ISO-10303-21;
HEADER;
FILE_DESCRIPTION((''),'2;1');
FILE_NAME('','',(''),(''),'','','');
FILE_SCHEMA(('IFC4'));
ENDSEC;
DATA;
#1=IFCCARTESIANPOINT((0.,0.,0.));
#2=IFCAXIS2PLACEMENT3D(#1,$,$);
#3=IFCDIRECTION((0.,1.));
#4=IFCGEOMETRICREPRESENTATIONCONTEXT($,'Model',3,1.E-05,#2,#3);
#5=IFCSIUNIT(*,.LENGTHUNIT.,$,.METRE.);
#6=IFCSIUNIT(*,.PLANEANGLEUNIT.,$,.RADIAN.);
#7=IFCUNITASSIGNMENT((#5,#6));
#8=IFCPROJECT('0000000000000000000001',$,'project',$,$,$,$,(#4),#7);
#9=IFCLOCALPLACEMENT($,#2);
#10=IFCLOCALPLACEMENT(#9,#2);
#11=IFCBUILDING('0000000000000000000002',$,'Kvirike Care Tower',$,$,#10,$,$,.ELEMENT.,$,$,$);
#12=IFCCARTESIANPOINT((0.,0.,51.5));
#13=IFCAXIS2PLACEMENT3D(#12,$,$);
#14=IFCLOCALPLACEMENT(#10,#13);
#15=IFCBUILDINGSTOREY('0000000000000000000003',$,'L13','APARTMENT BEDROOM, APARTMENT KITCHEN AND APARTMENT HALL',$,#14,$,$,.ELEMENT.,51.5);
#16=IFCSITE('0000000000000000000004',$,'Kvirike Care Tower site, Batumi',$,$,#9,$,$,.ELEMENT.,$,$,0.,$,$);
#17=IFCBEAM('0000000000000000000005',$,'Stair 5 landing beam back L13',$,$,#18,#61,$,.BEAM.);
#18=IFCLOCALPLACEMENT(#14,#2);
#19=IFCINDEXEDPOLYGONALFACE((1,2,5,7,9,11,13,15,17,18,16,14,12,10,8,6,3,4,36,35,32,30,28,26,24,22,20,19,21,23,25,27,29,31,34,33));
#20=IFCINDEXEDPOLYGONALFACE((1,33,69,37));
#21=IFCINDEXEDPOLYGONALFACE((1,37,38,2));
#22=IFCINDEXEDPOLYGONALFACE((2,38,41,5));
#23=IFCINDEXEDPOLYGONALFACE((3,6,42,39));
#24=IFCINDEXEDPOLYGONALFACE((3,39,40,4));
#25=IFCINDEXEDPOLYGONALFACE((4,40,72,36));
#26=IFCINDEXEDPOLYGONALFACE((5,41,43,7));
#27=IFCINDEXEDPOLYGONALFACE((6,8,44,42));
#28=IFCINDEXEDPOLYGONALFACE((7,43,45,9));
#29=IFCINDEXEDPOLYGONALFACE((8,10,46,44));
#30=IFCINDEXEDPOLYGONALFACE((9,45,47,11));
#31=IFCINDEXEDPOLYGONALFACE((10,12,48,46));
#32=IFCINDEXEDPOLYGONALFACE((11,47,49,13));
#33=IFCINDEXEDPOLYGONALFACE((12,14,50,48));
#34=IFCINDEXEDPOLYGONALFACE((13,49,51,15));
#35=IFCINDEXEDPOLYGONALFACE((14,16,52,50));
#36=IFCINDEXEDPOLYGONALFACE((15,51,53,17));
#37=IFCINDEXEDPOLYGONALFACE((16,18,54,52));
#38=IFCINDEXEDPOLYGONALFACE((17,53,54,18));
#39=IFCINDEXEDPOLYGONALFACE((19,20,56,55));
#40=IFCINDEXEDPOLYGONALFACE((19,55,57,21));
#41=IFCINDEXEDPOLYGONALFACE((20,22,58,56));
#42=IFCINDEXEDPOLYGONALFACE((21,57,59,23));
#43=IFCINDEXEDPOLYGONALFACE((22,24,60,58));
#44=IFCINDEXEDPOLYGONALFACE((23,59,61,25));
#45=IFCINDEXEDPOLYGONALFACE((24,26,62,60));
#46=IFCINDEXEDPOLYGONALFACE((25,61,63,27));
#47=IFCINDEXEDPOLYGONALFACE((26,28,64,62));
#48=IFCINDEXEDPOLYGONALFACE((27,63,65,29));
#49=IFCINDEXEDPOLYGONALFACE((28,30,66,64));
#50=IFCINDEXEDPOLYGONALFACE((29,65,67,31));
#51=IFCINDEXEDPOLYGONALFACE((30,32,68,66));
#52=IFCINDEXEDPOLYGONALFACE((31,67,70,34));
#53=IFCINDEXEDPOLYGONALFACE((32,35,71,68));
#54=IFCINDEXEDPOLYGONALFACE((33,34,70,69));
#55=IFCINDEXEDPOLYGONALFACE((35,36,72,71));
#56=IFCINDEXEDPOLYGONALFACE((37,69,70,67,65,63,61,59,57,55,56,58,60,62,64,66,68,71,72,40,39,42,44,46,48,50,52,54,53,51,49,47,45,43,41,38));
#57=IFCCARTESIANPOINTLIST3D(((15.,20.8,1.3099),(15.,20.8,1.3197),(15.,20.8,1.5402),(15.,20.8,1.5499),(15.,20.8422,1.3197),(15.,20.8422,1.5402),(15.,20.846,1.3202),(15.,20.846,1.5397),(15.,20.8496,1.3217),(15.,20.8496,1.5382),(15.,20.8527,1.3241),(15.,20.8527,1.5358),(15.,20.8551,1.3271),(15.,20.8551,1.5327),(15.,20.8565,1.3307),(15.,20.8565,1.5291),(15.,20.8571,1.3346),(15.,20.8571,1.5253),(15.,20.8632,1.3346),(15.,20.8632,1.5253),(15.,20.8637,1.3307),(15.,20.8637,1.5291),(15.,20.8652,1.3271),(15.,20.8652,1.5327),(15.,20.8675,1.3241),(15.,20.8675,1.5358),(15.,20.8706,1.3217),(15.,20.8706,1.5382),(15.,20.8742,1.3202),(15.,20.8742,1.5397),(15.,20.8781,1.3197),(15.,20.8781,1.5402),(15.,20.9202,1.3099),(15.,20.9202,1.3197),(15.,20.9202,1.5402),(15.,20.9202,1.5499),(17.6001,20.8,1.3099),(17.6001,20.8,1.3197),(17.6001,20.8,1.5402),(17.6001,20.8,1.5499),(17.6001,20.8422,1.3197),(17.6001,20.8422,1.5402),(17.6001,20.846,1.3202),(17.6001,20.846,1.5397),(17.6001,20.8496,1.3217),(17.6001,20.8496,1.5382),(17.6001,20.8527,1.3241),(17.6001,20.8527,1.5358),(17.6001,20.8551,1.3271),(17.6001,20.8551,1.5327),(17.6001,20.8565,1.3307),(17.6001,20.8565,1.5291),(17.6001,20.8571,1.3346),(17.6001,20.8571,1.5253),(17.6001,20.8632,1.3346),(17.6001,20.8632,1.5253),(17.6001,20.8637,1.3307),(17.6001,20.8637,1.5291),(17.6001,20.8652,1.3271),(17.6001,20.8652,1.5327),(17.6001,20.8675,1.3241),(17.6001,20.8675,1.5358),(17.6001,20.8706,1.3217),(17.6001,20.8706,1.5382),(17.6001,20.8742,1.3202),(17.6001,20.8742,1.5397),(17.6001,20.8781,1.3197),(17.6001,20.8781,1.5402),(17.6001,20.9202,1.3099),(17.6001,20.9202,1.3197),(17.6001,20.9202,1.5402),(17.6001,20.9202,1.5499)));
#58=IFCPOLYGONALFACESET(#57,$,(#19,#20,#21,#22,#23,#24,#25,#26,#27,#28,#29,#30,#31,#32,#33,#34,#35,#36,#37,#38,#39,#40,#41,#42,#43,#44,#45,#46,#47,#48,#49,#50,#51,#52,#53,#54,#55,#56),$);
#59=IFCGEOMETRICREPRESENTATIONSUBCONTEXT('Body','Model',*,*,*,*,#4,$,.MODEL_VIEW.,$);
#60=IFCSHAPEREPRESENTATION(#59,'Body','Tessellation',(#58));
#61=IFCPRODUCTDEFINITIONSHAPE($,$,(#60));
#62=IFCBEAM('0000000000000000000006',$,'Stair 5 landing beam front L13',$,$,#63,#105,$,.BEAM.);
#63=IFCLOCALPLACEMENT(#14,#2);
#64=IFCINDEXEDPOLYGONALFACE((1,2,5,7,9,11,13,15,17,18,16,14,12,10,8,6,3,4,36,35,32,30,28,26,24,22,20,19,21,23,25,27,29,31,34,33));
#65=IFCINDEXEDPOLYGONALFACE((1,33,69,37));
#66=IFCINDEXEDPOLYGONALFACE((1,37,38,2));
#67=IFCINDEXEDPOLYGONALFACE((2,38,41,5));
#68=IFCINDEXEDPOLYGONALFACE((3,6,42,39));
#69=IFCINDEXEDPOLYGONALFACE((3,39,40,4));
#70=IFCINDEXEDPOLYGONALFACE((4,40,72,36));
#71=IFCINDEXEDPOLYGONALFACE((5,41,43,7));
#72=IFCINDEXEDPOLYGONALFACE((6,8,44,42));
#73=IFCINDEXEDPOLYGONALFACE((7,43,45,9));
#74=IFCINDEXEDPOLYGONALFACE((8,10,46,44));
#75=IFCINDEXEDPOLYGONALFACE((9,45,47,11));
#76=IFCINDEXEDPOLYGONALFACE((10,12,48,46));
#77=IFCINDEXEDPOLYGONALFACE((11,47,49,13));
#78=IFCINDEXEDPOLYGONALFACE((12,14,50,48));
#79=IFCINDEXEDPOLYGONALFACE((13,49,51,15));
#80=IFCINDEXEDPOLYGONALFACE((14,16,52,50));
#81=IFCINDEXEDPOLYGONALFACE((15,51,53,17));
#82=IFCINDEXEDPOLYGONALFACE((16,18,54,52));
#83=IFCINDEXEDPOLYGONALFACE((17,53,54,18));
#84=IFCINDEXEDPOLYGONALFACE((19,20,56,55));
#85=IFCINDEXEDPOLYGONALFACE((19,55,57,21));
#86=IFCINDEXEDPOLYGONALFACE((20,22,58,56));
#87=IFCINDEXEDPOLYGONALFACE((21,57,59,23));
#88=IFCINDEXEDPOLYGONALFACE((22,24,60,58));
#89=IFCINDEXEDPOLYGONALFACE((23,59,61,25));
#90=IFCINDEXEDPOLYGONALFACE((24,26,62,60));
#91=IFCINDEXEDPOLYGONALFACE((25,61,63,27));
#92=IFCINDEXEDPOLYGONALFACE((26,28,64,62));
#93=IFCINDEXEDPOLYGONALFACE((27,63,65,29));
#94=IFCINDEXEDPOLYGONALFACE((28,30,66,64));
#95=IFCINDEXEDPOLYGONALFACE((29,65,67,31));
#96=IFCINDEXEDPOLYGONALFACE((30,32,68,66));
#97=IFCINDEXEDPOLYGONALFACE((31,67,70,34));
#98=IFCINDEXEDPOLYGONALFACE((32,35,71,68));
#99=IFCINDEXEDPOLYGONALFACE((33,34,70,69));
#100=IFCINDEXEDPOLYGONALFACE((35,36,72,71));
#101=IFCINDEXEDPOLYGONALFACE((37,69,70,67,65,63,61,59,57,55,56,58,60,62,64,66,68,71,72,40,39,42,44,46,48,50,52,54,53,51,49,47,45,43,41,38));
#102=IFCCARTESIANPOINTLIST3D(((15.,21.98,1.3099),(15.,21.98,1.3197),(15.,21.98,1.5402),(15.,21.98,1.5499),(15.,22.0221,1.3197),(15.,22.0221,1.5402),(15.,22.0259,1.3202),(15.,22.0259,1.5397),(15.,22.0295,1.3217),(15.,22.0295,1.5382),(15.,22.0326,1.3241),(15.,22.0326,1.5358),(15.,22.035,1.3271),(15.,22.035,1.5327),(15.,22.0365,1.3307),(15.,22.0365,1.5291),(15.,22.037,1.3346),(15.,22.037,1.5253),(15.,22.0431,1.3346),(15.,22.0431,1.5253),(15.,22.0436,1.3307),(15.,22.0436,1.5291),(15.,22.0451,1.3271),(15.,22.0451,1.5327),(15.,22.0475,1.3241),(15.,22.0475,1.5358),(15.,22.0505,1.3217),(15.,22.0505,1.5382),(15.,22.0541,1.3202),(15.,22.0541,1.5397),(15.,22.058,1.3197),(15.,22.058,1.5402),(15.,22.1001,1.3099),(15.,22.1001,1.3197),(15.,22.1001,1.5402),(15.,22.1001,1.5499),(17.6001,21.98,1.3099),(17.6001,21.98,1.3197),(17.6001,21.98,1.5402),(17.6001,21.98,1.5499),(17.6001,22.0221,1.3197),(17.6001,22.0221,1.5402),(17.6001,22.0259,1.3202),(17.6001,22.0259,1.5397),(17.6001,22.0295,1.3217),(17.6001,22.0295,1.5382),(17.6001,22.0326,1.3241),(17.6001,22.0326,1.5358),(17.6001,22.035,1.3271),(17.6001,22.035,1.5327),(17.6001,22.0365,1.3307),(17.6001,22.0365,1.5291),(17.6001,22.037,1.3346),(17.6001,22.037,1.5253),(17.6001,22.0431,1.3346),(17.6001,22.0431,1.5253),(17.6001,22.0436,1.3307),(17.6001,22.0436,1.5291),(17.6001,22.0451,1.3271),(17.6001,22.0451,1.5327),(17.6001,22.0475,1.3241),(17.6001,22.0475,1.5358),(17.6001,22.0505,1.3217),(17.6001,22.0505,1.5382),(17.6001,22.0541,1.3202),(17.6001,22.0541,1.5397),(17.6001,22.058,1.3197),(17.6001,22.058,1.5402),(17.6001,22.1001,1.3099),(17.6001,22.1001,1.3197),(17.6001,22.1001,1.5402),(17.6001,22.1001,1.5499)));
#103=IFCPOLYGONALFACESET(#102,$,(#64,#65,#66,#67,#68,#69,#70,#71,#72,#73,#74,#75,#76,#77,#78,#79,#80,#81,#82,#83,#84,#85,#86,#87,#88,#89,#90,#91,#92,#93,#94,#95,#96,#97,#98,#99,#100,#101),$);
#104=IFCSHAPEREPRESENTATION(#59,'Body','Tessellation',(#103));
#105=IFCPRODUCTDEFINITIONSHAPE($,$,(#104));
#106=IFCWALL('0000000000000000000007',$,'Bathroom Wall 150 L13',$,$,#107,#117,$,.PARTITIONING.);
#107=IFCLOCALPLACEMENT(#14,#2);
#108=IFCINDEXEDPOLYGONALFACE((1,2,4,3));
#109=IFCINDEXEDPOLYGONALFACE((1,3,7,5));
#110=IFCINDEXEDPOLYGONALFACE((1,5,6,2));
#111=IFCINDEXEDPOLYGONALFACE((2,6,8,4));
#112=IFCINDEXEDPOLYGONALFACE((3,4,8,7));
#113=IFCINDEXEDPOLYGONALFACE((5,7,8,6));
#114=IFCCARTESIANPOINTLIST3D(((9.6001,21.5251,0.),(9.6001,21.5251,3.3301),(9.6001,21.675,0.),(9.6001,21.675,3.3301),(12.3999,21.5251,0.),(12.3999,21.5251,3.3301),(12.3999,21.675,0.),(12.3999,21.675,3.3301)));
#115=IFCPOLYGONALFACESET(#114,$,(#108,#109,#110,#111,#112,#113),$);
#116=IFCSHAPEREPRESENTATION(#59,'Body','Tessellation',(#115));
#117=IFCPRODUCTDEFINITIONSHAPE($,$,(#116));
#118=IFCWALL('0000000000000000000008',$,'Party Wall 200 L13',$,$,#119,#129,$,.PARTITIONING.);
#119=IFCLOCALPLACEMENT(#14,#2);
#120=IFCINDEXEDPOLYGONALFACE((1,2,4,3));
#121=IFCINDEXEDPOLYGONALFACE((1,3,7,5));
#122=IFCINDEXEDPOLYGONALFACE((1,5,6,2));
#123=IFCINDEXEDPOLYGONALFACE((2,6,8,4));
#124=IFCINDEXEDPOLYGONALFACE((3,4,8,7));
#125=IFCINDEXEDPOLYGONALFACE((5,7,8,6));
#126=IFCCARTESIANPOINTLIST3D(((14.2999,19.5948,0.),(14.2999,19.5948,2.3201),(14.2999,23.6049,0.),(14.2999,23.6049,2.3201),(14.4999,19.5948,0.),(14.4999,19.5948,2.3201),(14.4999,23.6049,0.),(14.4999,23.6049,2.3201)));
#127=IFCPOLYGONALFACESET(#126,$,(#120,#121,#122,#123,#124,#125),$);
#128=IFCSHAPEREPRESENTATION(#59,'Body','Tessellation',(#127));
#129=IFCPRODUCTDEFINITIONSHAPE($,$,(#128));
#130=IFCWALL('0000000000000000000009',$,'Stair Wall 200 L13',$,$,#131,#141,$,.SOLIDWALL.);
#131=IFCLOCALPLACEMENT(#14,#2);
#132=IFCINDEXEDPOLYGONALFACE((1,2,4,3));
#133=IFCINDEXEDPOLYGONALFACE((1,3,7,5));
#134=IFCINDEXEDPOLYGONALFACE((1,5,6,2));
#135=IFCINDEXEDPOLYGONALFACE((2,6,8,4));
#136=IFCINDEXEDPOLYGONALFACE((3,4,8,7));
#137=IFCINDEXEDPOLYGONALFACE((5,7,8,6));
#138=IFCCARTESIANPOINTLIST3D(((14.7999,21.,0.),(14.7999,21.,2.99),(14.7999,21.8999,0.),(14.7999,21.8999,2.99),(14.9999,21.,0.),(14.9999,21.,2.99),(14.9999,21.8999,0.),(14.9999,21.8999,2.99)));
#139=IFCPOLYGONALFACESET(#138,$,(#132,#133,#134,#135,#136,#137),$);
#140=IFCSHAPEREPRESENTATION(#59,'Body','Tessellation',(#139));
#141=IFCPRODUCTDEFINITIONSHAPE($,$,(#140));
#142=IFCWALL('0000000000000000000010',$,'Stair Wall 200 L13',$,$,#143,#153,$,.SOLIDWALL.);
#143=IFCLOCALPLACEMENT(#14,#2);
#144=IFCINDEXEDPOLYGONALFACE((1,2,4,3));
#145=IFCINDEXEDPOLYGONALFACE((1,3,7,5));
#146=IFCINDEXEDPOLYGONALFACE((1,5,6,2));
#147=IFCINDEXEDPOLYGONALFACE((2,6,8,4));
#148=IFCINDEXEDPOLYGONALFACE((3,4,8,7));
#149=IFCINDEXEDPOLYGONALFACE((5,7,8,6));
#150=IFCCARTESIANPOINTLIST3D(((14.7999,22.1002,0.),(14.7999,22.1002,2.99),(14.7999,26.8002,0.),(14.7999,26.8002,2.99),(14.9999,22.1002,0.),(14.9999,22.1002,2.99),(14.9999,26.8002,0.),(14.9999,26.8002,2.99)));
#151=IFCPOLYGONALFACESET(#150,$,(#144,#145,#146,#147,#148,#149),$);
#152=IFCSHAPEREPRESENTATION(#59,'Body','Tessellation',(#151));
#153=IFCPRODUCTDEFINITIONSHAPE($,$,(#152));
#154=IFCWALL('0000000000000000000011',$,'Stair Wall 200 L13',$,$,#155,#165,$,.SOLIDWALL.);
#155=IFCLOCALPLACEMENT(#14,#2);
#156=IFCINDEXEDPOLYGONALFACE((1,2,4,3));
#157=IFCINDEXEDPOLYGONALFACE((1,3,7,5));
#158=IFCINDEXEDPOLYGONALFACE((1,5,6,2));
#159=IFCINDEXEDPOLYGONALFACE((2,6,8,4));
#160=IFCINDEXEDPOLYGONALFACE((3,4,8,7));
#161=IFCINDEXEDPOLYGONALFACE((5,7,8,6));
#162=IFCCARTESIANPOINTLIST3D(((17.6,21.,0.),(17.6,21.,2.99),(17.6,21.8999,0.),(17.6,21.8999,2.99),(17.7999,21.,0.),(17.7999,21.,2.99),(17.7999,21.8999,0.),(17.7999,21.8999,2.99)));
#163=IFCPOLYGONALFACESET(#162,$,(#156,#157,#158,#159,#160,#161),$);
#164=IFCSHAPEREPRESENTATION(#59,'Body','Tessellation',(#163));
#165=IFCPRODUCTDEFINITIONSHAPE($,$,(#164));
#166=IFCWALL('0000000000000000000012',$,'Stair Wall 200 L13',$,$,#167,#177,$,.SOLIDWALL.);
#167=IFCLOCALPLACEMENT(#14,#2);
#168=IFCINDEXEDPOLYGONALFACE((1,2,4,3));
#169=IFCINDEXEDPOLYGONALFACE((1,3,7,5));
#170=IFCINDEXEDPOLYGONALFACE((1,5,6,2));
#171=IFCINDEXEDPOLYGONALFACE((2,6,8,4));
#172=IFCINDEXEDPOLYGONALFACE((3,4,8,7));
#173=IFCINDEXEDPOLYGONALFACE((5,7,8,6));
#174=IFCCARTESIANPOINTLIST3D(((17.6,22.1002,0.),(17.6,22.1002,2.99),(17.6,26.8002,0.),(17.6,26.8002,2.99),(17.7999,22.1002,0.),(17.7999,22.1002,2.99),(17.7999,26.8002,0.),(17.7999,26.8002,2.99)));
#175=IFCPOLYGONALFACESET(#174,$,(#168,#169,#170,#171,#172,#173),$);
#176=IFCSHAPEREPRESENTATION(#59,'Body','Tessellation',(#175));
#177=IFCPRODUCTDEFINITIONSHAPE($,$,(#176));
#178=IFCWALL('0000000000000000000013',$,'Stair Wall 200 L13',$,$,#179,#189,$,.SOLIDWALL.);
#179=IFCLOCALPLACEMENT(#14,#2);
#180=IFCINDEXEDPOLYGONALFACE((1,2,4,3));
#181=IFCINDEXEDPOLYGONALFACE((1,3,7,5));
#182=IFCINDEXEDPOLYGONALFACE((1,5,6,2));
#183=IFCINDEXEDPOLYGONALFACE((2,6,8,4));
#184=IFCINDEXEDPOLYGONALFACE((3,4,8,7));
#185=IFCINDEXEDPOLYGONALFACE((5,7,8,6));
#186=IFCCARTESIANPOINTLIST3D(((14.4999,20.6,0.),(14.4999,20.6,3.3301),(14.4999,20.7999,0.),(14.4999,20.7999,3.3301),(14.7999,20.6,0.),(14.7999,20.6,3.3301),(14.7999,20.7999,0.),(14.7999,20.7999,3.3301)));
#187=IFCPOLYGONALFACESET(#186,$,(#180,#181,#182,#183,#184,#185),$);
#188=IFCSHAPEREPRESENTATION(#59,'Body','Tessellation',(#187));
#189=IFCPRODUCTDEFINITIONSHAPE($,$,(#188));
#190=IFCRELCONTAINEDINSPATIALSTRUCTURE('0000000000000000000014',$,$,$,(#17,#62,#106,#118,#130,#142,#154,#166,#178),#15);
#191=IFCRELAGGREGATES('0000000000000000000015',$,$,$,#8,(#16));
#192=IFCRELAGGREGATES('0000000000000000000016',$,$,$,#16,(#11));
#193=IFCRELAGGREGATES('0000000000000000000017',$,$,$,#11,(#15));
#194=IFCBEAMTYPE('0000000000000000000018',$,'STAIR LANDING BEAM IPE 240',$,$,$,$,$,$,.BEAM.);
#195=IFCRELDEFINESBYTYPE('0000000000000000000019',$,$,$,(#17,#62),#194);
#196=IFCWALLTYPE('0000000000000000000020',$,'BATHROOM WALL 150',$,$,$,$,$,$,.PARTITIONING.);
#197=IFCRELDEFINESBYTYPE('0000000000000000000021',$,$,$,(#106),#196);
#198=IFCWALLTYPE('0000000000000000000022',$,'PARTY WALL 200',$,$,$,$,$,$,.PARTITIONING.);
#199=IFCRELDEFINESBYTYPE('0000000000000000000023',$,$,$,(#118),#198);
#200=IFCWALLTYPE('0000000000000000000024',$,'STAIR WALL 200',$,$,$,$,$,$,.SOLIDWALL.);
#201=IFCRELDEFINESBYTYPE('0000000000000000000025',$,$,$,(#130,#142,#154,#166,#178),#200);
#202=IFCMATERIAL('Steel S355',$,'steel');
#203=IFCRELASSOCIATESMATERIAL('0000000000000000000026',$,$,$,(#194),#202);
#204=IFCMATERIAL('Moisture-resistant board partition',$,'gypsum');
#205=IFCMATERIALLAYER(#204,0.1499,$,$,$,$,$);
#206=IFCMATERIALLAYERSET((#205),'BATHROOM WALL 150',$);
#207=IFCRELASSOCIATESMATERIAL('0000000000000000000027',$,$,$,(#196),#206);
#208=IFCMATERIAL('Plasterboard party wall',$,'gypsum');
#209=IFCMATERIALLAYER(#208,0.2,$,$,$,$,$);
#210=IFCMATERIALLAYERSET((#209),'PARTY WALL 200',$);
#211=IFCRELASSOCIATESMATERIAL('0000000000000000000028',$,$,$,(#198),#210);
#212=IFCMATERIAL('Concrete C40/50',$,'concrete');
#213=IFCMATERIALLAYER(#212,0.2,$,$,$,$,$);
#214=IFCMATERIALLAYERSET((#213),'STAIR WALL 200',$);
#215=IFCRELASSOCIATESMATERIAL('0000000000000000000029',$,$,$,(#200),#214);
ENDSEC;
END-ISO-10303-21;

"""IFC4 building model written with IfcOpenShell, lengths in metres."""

from ifc_helpers import new_model, si_unit, direction, frame, frame_2d, origin, origin_2d, place, context, subcontext, project, spatial, rectangle, i_section, extrude, material, layer, layer_set, material_profile, profile_set, type_object, element, save


model = new_model("IFC4")

# Units and contexts
model_context = context("Model", 3, precision=1e-05, world=origin(), true_north=direction((0.0, 1.0)))
body_context = subcontext(model_context, "Body", "Model", "MODEL_VIEW")
ifc_project = project(units=[si_unit("LENGTHUNIT", "METRE"), si_unit("PLANEANGLEUNIT", "RADIAN")], contexts=[model_context])

# Site, building, storey
site_placement = place(None, origin())
site = spatial("IfcSite", under=ifc_project, at=site_placement, Name="Kvirike Care Tower site, Batumi", CompositionType="ELEMENT", RefElevation=0.0)
building_placement = place(site_placement, origin())
building = spatial("IfcBuilding", under=site, at=building_placement, Name="Kvirike Care Tower", CompositionType="ELEMENT")
storey_placement = place(building_placement, frame((0.0, 0.0, 51.5)))
storey = spatial("IfcBuildingStorey", under=building, at=storey_placement, Name="L13", Description="APARTMENT BEDROOM, APARTMENT KITCHEN AND APARTMENT HALL", CompositionType="ELEMENT", Elevation=51.5)

# Beams
ifc_material_1 = material(Name="Steel S355", Category="steel")
ifc_material_profile_1 = material_profile(ifc_material_1, i_section(OverallWidth=0.1201, OverallDepth=0.24, WebThickness=0.0061, FlangeThickness=0.0098, FilletRadius=0.0149, at=origin_2d()), Name="IPE 240")
ifc_profile_set_1 = profile_set([ifc_material_profile_1], Name="Steel S355")
beam_type_1 = type_object("IfcBeamType", Name="STAIR LANDING BEAM IPE 240", PredefinedType="BEAM", material=ifc_profile_set_1)
for number, where, z_axis, x_axis, name in (
    (1, (15.0, 20.8601, 1.4299), (1.0, 0.0, 0.0), (0.0, 1.0, 0.0), "Stair 5 landing beam back L13"),
    (2, (15.0, 22.04, 1.4299), (1.0, 0.0, 0.0), (0.0, 1.0, 0.0), "Stair 5 landing beam front L13"),
):
    element("IfcBeam", number, at=place(storey_placement, frame(where, z_axis=z_axis, x_axis=x_axis)), inside=storey, type_object=beam_type_1, Name=name, PredefinedType="BEAM", context=body_context, shape_type="SweptSolid", body=[
        extrude(i_section(OverallWidth=0.1201, OverallDepth=0.24, WebThickness=0.0061, FlangeThickness=0.0098, FilletRadius=0.0149, at=origin_2d()), origin(), (0.0, 0.0, 1.0), 2.6001),
    ])

# Walls
ifc_material_2 = material(Name="Moisture-resistant board partition", Category="gypsum")
ifc_layer_1 = layer(ifc_material_2, 0.1499)
ifc_layer_set_1 = layer_set([ifc_layer_1], Name="BATHROOM WALL 150")
wall_type_1 = type_object("IfcWallType", Name="BATHROOM WALL 150", PredefinedType="PARTITIONING", material=ifc_layer_set_1)
wall_1_placement = place(storey_placement, frame((9.6001, 21.6001, 0.0), z_axis=(0.0, 0.0, 1.0), x_axis=(1.0, 0.0, 0.0)))
element("IfcWall", 3, at=wall_1_placement, inside=storey, type_object=wall_type_1, Name="Bathroom Wall 150 L13", PredefinedType="PARTITIONING", context=body_context, shape_type="SweptSolid", body=[
    extrude(rectangle(XDim=2.7998, YDim=0.1499, at=frame_2d((1.3999, 0.0))), origin(), (0.0, 0.0, 1.0), 3.3301),
])
ifc_material_3 = material(Name="Plasterboard party wall", Category="gypsum")
ifc_layer_2 = layer(ifc_material_3, 0.2)
ifc_layer_set_2 = layer_set([ifc_layer_2], Name="PARTY WALL 200")
wall_type_2 = type_object("IfcWallType", Name="PARTY WALL 200", PredefinedType="PARTITIONING", material=ifc_layer_set_2)
wall_2_placement = place(storey_placement, frame((14.3999, 19.595, 0.0), z_axis=(0.0, 0.0, 1.0), x_axis=(0.0, 1.0, 0.0)))
element("IfcWall", 4, at=wall_2_placement, inside=storey, type_object=wall_type_2, Name="Party Wall 200 L13", PredefinedType="PARTITIONING", context=body_context, shape_type="SweptSolid", body=[
    extrude(rectangle(XDim=4.01, YDim=0.2, at=frame_2d((2.0049, 0.0))), origin(), (0.0, 0.0, 1.0), 2.3201),
])
ifc_material_4 = material(Name="Concrete C40/50", Category="concrete")
ifc_layer_3 = layer(ifc_material_4, 0.2)
ifc_layer_set_3 = layer_set([ifc_layer_3], Name="STAIR WALL 200")
wall_type_3 = type_object("IfcWallType", Name="STAIR WALL 200", PredefinedType="SOLIDWALL", material=ifc_layer_set_3)
wall_3_placement = place(storey_placement, frame((14.8999, 21.0, 0.0), z_axis=(0.0, 0.0, 1.0), x_axis=(0.0, 1.0, 0.0)))
element("IfcWall", 5, at=wall_3_placement, inside=storey, type_object=wall_type_3, Name="Stair Wall 200 L13", PredefinedType="SOLIDWALL", context=body_context, shape_type="SweptSolid", body=[
    extrude(rectangle(XDim=0.8999, YDim=0.2, at=frame_2d((0.45, 0.0))), origin(), (0.0, 0.0, 1.0), 2.99),
])
wall_4_placement = place(storey_placement, frame((14.8999, 22.1001, 0.0), z_axis=(0.0, 0.0, 1.0), x_axis=(0.0, 1.0, 0.0)))
element("IfcWall", 6, at=wall_4_placement, inside=storey, type_object=wall_type_3, Name="Stair Wall 200 L13", PredefinedType="SOLIDWALL", context=body_context, shape_type="SweptSolid", body=[
    extrude(rectangle(XDim=4.7, YDim=0.2, at=frame_2d((2.3501, 0.0))), origin(), (0.0, 0.0, 1.0), 2.99),
])
wall_5_placement = place(storey_placement, frame((17.7, 21.0, 0.0), z_axis=(0.0, 0.0, 1.0), x_axis=(0.0, 1.0, 0.0)))
element("IfcWall", 7, at=wall_5_placement, inside=storey, type_object=wall_type_3, Name="Stair Wall 200 L13", PredefinedType="SOLIDWALL", context=body_context, shape_type="SweptSolid", body=[
    extrude(rectangle(XDim=0.8999, YDim=0.2, at=frame_2d((0.45, 0.0))), origin(), (0.0, 0.0, 1.0), 2.99),
])
wall_6_placement = place(storey_placement, frame((17.7, 22.1001, 0.0), z_axis=(0.0, 0.0, 1.0), x_axis=(0.0, 1.0, 0.0)))
element("IfcWall", 8, at=wall_6_placement, inside=storey, type_object=wall_type_3, Name="Stair Wall 200 L13", PredefinedType="SOLIDWALL", context=body_context, shape_type="SweptSolid", body=[
    extrude(rectangle(XDim=4.7, YDim=0.2, at=frame_2d((2.3501, 0.0))), origin(), (0.0, 0.0, 1.0), 2.99),
])
wall_7_placement = place(storey_placement, frame((14.5, 20.7, 0.0), z_axis=(0.0, 0.0, 1.0), x_axis=(1.0, 0.0, 0.0)))
element("IfcWall", 9, at=wall_7_placement, inside=storey, type_object=wall_type_3, Name="Stair Wall 200 L13", PredefinedType="SOLIDWALL", context=body_context, shape_type="SweptSolid", body=[
    extrude(rectangle(XDim=0.3, YDim=0.2, at=frame_2d((0.1499, 0.0))), origin(), (0.0, 0.0, 1.0), 3.3301),
])

save(model, "model.ifc")
